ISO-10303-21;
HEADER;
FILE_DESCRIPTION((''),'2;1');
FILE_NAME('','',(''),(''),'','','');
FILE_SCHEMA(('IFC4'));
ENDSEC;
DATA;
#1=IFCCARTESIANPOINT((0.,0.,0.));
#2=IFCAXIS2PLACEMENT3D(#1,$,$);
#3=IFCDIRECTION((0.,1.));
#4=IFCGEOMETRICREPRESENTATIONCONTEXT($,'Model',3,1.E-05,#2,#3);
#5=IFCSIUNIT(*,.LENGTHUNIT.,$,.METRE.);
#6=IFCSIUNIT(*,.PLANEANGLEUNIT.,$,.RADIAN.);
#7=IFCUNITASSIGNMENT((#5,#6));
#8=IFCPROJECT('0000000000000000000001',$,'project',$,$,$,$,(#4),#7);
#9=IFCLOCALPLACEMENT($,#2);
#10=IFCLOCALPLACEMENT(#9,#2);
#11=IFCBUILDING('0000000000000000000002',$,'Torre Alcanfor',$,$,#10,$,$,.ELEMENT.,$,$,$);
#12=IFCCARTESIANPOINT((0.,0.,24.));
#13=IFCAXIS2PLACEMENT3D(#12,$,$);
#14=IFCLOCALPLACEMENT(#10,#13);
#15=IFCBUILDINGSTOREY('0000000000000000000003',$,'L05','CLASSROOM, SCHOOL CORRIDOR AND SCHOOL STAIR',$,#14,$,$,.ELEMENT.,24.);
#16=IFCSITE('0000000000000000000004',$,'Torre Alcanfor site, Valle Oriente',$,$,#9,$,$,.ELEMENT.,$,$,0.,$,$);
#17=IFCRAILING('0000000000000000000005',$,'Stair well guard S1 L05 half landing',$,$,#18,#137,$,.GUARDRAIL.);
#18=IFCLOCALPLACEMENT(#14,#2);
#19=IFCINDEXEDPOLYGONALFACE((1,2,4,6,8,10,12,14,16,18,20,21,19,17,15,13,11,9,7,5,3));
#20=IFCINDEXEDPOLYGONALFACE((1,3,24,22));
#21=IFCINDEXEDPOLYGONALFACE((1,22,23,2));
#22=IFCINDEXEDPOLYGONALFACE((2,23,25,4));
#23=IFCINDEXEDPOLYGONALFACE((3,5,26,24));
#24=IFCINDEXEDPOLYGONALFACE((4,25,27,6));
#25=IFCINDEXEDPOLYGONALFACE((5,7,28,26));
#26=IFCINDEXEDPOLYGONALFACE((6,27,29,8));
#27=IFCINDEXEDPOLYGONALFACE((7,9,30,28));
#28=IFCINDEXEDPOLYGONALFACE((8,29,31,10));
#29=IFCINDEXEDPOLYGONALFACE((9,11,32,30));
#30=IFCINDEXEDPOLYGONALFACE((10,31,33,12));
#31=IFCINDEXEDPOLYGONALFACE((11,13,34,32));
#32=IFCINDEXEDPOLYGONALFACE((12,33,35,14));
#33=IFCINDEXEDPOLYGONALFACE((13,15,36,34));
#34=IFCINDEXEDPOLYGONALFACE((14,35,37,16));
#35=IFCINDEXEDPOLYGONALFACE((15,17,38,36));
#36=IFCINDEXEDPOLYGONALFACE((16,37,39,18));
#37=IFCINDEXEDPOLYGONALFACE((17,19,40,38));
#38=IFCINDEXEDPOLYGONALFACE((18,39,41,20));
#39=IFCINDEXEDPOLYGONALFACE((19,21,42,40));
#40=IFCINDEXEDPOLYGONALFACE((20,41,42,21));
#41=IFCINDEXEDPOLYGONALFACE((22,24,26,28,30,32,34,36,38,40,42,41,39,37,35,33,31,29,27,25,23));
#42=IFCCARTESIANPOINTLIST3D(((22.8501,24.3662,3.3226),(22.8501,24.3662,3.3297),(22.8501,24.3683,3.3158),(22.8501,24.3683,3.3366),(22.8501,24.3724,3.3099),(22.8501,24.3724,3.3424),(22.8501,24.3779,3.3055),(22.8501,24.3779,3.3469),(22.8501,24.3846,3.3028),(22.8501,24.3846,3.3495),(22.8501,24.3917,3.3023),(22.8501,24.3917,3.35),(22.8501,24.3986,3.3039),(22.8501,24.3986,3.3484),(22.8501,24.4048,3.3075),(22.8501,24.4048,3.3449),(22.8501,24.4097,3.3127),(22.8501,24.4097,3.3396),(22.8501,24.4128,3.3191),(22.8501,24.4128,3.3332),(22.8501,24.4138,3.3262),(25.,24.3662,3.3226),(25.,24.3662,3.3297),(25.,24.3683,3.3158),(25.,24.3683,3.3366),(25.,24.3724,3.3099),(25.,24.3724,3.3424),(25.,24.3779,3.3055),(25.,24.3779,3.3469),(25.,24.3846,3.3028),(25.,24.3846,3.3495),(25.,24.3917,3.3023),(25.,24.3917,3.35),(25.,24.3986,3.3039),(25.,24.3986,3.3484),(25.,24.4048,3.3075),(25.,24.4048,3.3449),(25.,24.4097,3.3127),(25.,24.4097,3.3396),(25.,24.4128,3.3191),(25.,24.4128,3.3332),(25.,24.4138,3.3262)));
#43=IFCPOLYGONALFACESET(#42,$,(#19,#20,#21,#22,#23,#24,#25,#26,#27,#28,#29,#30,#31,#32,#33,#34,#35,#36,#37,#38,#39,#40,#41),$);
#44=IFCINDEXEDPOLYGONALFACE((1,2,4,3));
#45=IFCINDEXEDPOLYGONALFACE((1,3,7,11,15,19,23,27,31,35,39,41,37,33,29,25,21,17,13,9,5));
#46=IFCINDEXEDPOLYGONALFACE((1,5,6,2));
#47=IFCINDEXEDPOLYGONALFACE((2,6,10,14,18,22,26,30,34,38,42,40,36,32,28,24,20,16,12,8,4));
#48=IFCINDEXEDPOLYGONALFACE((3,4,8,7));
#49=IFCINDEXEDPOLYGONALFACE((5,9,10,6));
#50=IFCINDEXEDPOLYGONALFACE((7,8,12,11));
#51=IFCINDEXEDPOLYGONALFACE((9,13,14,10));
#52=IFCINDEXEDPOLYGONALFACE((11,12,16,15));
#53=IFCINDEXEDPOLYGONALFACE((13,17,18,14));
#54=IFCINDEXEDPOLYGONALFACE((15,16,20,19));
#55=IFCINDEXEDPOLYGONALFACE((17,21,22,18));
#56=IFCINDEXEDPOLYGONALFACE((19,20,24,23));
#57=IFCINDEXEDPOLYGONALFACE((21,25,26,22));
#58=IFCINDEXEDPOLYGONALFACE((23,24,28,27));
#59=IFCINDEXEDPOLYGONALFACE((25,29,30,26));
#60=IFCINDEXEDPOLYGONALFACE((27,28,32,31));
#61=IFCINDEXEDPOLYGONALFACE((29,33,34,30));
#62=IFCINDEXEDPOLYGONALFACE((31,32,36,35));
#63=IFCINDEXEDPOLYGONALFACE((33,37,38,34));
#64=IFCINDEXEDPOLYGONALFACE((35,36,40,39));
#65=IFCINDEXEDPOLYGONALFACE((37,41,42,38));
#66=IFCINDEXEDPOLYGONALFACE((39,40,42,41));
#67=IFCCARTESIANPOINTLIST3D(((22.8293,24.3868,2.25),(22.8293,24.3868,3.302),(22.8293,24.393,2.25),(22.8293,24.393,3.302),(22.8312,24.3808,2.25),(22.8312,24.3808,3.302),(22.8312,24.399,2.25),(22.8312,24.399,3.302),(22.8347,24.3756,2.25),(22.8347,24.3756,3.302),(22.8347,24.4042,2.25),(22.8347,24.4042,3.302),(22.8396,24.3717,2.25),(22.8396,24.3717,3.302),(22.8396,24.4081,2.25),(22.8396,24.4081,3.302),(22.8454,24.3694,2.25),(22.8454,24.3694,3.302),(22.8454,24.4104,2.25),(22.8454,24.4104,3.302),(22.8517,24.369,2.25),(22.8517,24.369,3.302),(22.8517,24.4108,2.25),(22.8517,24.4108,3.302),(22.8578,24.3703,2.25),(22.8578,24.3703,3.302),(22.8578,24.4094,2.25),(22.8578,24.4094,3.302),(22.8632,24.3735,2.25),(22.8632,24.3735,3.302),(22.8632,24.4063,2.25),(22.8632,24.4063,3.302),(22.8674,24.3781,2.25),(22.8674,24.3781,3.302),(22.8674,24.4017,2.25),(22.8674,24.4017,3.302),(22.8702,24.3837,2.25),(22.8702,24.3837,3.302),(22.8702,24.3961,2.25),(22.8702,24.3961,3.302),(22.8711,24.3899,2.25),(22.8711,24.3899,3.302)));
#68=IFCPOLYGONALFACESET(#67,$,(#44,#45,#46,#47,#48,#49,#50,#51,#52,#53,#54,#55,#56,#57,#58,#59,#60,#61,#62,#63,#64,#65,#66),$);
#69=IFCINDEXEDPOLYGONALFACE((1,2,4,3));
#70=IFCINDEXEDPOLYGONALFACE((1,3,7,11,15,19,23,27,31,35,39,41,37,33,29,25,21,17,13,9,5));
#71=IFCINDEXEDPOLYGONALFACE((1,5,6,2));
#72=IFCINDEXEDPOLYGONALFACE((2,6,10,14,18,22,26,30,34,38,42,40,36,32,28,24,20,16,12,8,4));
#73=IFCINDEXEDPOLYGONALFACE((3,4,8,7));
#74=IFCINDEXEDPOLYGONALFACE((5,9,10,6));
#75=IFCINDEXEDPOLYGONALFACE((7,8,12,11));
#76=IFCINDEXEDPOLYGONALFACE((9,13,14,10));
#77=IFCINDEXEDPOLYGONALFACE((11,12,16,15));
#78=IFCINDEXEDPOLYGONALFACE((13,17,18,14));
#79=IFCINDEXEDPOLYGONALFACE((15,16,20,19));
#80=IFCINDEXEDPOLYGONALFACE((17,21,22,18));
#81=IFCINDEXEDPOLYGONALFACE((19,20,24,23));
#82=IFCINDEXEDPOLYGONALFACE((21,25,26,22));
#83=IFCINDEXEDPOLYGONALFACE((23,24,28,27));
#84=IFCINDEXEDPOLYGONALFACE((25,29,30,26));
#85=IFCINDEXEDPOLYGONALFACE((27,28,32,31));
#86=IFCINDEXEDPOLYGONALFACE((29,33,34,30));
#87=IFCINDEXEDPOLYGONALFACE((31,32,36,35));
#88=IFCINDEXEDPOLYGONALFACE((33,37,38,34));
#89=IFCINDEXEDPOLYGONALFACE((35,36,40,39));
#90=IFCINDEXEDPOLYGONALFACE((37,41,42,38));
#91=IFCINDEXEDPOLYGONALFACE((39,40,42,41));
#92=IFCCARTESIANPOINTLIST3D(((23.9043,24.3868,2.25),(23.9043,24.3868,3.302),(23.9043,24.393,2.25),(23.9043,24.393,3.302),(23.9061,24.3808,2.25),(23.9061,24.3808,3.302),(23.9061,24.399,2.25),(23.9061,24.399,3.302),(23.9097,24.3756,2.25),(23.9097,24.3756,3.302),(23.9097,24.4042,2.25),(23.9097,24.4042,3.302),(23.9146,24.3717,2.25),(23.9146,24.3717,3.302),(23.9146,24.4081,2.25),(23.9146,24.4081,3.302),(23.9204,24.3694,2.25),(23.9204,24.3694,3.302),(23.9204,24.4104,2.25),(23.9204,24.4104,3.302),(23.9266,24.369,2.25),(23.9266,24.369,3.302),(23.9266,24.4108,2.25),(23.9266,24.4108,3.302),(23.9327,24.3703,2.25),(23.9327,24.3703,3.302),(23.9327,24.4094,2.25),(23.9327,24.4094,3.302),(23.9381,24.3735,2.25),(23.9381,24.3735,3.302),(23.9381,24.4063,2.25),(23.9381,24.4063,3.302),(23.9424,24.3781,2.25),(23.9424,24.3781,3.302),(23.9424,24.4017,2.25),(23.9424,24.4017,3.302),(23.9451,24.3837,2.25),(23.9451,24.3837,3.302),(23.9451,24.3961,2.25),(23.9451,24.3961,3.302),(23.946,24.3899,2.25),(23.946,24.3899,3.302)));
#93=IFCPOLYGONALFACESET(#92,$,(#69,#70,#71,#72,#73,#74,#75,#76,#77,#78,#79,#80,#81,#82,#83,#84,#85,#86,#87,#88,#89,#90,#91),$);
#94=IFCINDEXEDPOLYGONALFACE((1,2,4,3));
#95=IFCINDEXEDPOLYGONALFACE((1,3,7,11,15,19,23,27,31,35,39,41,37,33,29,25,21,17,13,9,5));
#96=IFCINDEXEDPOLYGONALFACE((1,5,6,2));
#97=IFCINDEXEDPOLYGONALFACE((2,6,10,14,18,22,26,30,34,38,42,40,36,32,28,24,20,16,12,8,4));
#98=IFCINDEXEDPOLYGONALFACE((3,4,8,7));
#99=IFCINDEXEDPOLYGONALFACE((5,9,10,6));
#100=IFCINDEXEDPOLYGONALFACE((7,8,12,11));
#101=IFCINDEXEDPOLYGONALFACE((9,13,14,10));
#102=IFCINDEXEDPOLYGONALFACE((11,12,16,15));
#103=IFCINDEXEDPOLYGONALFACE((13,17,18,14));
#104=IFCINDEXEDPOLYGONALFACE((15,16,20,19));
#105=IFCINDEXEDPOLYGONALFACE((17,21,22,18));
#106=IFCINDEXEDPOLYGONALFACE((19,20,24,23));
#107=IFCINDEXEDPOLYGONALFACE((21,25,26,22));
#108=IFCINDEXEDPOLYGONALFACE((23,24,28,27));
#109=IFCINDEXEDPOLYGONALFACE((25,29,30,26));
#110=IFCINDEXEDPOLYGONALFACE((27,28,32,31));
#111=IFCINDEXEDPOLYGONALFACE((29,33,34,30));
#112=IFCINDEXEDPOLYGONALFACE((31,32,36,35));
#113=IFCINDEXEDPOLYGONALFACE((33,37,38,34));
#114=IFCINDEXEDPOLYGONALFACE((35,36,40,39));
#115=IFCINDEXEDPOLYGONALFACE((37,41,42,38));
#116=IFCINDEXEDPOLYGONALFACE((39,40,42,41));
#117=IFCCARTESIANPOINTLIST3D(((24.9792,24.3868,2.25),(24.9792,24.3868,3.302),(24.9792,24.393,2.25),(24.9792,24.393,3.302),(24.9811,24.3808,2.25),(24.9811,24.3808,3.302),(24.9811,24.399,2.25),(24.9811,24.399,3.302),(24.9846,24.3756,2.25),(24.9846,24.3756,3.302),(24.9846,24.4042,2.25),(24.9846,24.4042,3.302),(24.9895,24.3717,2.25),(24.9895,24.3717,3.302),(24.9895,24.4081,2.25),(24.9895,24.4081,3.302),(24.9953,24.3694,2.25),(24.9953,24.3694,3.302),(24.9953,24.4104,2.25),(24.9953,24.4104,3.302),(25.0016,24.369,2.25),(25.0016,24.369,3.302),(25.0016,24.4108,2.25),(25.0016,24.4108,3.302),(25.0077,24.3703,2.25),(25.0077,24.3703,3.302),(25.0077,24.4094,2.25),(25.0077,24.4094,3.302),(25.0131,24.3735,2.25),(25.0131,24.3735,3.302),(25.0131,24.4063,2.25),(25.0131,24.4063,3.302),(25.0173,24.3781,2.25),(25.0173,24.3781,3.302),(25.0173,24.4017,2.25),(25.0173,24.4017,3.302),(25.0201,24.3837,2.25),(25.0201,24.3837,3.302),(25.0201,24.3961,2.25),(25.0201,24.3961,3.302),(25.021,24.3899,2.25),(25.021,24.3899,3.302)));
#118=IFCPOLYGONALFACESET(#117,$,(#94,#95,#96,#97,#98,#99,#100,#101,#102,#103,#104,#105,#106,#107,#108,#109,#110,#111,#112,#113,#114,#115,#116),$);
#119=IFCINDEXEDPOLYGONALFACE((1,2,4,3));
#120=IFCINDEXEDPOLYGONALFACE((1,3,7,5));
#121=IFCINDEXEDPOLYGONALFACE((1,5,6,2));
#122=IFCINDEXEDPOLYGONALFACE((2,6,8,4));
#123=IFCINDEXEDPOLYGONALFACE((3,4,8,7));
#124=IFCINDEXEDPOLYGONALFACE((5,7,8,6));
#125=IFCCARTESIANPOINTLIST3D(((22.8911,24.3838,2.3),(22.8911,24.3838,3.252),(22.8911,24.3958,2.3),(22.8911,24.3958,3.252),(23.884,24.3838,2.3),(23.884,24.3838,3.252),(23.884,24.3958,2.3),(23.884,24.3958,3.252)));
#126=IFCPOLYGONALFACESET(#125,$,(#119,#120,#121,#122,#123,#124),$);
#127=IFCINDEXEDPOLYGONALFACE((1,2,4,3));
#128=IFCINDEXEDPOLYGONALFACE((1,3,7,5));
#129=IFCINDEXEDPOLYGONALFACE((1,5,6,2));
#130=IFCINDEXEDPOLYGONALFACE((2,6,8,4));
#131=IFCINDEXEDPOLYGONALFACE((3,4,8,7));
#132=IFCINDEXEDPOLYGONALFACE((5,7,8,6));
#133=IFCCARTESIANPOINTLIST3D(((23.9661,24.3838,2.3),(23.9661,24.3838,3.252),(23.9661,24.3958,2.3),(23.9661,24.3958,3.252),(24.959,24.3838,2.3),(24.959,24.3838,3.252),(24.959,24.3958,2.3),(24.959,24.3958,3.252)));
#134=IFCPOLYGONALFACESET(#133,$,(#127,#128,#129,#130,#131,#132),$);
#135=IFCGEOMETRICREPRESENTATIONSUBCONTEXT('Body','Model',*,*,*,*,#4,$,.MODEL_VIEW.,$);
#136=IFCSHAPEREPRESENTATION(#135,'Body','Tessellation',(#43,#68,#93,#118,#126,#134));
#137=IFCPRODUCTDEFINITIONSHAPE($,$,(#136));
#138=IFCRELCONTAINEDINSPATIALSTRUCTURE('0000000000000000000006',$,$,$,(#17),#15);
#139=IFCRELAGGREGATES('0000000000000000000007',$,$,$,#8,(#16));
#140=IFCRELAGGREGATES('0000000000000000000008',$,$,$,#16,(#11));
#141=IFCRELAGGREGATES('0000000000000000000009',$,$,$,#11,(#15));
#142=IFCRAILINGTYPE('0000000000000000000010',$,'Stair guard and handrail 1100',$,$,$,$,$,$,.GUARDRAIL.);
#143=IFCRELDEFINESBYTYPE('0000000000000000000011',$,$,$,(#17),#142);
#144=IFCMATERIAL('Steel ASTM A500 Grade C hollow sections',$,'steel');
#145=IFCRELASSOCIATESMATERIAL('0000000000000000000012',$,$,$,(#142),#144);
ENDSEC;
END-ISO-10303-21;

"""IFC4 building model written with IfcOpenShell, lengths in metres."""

from ifc_helpers import new_model, si_unit, direction, frame, origin, origin_2d, place, context, subcontext, project, spatial, polyline, circle, outline, extrude, material, type_object, element, save


model = new_model("IFC4")

# Units and contexts
model_context = context("Model", 3, precision=1e-05, world=origin(), true_north=direction((0.0, 1.0)))
body_context = subcontext(model_context, "Body", "Model", "MODEL_VIEW")
ifc_project = project(units=[si_unit("LENGTHUNIT", "METRE"), si_unit("PLANEANGLEUNIT", "RADIAN")], contexts=[model_context])

# Site, building, storey
site_placement = place(None, origin())
site = spatial("IfcSite", under=ifc_project, at=site_placement, Name="Torre Alcanfor site, Valle Oriente", CompositionType="ELEMENT", RefElevation=0.0)
building_placement = place(site_placement, origin())
building = spatial("IfcBuilding", under=site, at=building_placement, Name="Torre Alcanfor", CompositionType="ELEMENT")
storey_placement = place(building_placement, frame((0.0, 0.0, 24.0)))
storey = spatial("IfcBuildingStorey", under=building, at=storey_placement, Name="L05", Description="CLASSROOM, SCHOOL CORRIDOR AND SCHOOL STAIR", CompositionType="ELEMENT", Elevation=24.0)

# Railing
ifc_material_1 = material(Name="Steel ASTM A500 Grade C hollow sections", Category="steel")
railing_type_1 = type_object("IfcRailingType", Name="Stair guard and handrail 1100", PredefinedType="GUARDRAIL", material=ifc_material_1)
railing_1_placement = place(storey_placement, frame((22.8501, 24.3899, 2.25)))
element("IfcRailing", 1, at=railing_1_placement, inside=storey, type_object=railing_type_1, Name="Stair well guard S1 L05 half landing", PredefinedType="GUARDRAIL", context=body_context, shape_type="SweptSolid", body=[
    extrude(circle(Radius=0.0239, at=origin_2d()), frame((0.0, 0.0, 1.0762), z_axis=(1.0, 0.0, 0.0), x_axis=(0.0, 1.0, 0.0)), (0.0, 0.0, 1.0), 2.1499),
    extrude(circle(Radius=0.021, at=origin_2d()), origin(), (0.0, 0.0, 1.0), 1.052),
    extrude(circle(Radius=0.021, at=origin_2d()), frame((1.075, 0.0, 0.0)), (0.0, 0.0, 1.0), 1.052),
    extrude(circle(Radius=0.021, at=origin_2d()), frame((2.1499, 0.0, 0.0)), (0.0, 0.0, 1.0), 1.052),
    extrude(outline(polyline([(0.041, 0.05), (1.0339, 0.05), (1.0339, 1.002), (0.041, 1.002), (0.041, 0.05)])), frame((0.0, 0.0059, 0.0), z_axis=(0.0, -1.0, 0.0), x_axis=(1.0, 0.0, 0.0)), (0.0, 0.0, 1.0), 0.012),
    extrude(outline(polyline([(1.116, 0.05), (2.1089, 0.05), (2.1089, 1.002), (1.116, 1.002), (1.116, 0.05)])), frame((0.0, 0.0059, 0.0), z_axis=(0.0, -1.0, 0.0), x_axis=(1.0, 0.0, 0.0)), (0.0, 0.0, 1.0), 0.012),
])

save(model, "model.ifc")
